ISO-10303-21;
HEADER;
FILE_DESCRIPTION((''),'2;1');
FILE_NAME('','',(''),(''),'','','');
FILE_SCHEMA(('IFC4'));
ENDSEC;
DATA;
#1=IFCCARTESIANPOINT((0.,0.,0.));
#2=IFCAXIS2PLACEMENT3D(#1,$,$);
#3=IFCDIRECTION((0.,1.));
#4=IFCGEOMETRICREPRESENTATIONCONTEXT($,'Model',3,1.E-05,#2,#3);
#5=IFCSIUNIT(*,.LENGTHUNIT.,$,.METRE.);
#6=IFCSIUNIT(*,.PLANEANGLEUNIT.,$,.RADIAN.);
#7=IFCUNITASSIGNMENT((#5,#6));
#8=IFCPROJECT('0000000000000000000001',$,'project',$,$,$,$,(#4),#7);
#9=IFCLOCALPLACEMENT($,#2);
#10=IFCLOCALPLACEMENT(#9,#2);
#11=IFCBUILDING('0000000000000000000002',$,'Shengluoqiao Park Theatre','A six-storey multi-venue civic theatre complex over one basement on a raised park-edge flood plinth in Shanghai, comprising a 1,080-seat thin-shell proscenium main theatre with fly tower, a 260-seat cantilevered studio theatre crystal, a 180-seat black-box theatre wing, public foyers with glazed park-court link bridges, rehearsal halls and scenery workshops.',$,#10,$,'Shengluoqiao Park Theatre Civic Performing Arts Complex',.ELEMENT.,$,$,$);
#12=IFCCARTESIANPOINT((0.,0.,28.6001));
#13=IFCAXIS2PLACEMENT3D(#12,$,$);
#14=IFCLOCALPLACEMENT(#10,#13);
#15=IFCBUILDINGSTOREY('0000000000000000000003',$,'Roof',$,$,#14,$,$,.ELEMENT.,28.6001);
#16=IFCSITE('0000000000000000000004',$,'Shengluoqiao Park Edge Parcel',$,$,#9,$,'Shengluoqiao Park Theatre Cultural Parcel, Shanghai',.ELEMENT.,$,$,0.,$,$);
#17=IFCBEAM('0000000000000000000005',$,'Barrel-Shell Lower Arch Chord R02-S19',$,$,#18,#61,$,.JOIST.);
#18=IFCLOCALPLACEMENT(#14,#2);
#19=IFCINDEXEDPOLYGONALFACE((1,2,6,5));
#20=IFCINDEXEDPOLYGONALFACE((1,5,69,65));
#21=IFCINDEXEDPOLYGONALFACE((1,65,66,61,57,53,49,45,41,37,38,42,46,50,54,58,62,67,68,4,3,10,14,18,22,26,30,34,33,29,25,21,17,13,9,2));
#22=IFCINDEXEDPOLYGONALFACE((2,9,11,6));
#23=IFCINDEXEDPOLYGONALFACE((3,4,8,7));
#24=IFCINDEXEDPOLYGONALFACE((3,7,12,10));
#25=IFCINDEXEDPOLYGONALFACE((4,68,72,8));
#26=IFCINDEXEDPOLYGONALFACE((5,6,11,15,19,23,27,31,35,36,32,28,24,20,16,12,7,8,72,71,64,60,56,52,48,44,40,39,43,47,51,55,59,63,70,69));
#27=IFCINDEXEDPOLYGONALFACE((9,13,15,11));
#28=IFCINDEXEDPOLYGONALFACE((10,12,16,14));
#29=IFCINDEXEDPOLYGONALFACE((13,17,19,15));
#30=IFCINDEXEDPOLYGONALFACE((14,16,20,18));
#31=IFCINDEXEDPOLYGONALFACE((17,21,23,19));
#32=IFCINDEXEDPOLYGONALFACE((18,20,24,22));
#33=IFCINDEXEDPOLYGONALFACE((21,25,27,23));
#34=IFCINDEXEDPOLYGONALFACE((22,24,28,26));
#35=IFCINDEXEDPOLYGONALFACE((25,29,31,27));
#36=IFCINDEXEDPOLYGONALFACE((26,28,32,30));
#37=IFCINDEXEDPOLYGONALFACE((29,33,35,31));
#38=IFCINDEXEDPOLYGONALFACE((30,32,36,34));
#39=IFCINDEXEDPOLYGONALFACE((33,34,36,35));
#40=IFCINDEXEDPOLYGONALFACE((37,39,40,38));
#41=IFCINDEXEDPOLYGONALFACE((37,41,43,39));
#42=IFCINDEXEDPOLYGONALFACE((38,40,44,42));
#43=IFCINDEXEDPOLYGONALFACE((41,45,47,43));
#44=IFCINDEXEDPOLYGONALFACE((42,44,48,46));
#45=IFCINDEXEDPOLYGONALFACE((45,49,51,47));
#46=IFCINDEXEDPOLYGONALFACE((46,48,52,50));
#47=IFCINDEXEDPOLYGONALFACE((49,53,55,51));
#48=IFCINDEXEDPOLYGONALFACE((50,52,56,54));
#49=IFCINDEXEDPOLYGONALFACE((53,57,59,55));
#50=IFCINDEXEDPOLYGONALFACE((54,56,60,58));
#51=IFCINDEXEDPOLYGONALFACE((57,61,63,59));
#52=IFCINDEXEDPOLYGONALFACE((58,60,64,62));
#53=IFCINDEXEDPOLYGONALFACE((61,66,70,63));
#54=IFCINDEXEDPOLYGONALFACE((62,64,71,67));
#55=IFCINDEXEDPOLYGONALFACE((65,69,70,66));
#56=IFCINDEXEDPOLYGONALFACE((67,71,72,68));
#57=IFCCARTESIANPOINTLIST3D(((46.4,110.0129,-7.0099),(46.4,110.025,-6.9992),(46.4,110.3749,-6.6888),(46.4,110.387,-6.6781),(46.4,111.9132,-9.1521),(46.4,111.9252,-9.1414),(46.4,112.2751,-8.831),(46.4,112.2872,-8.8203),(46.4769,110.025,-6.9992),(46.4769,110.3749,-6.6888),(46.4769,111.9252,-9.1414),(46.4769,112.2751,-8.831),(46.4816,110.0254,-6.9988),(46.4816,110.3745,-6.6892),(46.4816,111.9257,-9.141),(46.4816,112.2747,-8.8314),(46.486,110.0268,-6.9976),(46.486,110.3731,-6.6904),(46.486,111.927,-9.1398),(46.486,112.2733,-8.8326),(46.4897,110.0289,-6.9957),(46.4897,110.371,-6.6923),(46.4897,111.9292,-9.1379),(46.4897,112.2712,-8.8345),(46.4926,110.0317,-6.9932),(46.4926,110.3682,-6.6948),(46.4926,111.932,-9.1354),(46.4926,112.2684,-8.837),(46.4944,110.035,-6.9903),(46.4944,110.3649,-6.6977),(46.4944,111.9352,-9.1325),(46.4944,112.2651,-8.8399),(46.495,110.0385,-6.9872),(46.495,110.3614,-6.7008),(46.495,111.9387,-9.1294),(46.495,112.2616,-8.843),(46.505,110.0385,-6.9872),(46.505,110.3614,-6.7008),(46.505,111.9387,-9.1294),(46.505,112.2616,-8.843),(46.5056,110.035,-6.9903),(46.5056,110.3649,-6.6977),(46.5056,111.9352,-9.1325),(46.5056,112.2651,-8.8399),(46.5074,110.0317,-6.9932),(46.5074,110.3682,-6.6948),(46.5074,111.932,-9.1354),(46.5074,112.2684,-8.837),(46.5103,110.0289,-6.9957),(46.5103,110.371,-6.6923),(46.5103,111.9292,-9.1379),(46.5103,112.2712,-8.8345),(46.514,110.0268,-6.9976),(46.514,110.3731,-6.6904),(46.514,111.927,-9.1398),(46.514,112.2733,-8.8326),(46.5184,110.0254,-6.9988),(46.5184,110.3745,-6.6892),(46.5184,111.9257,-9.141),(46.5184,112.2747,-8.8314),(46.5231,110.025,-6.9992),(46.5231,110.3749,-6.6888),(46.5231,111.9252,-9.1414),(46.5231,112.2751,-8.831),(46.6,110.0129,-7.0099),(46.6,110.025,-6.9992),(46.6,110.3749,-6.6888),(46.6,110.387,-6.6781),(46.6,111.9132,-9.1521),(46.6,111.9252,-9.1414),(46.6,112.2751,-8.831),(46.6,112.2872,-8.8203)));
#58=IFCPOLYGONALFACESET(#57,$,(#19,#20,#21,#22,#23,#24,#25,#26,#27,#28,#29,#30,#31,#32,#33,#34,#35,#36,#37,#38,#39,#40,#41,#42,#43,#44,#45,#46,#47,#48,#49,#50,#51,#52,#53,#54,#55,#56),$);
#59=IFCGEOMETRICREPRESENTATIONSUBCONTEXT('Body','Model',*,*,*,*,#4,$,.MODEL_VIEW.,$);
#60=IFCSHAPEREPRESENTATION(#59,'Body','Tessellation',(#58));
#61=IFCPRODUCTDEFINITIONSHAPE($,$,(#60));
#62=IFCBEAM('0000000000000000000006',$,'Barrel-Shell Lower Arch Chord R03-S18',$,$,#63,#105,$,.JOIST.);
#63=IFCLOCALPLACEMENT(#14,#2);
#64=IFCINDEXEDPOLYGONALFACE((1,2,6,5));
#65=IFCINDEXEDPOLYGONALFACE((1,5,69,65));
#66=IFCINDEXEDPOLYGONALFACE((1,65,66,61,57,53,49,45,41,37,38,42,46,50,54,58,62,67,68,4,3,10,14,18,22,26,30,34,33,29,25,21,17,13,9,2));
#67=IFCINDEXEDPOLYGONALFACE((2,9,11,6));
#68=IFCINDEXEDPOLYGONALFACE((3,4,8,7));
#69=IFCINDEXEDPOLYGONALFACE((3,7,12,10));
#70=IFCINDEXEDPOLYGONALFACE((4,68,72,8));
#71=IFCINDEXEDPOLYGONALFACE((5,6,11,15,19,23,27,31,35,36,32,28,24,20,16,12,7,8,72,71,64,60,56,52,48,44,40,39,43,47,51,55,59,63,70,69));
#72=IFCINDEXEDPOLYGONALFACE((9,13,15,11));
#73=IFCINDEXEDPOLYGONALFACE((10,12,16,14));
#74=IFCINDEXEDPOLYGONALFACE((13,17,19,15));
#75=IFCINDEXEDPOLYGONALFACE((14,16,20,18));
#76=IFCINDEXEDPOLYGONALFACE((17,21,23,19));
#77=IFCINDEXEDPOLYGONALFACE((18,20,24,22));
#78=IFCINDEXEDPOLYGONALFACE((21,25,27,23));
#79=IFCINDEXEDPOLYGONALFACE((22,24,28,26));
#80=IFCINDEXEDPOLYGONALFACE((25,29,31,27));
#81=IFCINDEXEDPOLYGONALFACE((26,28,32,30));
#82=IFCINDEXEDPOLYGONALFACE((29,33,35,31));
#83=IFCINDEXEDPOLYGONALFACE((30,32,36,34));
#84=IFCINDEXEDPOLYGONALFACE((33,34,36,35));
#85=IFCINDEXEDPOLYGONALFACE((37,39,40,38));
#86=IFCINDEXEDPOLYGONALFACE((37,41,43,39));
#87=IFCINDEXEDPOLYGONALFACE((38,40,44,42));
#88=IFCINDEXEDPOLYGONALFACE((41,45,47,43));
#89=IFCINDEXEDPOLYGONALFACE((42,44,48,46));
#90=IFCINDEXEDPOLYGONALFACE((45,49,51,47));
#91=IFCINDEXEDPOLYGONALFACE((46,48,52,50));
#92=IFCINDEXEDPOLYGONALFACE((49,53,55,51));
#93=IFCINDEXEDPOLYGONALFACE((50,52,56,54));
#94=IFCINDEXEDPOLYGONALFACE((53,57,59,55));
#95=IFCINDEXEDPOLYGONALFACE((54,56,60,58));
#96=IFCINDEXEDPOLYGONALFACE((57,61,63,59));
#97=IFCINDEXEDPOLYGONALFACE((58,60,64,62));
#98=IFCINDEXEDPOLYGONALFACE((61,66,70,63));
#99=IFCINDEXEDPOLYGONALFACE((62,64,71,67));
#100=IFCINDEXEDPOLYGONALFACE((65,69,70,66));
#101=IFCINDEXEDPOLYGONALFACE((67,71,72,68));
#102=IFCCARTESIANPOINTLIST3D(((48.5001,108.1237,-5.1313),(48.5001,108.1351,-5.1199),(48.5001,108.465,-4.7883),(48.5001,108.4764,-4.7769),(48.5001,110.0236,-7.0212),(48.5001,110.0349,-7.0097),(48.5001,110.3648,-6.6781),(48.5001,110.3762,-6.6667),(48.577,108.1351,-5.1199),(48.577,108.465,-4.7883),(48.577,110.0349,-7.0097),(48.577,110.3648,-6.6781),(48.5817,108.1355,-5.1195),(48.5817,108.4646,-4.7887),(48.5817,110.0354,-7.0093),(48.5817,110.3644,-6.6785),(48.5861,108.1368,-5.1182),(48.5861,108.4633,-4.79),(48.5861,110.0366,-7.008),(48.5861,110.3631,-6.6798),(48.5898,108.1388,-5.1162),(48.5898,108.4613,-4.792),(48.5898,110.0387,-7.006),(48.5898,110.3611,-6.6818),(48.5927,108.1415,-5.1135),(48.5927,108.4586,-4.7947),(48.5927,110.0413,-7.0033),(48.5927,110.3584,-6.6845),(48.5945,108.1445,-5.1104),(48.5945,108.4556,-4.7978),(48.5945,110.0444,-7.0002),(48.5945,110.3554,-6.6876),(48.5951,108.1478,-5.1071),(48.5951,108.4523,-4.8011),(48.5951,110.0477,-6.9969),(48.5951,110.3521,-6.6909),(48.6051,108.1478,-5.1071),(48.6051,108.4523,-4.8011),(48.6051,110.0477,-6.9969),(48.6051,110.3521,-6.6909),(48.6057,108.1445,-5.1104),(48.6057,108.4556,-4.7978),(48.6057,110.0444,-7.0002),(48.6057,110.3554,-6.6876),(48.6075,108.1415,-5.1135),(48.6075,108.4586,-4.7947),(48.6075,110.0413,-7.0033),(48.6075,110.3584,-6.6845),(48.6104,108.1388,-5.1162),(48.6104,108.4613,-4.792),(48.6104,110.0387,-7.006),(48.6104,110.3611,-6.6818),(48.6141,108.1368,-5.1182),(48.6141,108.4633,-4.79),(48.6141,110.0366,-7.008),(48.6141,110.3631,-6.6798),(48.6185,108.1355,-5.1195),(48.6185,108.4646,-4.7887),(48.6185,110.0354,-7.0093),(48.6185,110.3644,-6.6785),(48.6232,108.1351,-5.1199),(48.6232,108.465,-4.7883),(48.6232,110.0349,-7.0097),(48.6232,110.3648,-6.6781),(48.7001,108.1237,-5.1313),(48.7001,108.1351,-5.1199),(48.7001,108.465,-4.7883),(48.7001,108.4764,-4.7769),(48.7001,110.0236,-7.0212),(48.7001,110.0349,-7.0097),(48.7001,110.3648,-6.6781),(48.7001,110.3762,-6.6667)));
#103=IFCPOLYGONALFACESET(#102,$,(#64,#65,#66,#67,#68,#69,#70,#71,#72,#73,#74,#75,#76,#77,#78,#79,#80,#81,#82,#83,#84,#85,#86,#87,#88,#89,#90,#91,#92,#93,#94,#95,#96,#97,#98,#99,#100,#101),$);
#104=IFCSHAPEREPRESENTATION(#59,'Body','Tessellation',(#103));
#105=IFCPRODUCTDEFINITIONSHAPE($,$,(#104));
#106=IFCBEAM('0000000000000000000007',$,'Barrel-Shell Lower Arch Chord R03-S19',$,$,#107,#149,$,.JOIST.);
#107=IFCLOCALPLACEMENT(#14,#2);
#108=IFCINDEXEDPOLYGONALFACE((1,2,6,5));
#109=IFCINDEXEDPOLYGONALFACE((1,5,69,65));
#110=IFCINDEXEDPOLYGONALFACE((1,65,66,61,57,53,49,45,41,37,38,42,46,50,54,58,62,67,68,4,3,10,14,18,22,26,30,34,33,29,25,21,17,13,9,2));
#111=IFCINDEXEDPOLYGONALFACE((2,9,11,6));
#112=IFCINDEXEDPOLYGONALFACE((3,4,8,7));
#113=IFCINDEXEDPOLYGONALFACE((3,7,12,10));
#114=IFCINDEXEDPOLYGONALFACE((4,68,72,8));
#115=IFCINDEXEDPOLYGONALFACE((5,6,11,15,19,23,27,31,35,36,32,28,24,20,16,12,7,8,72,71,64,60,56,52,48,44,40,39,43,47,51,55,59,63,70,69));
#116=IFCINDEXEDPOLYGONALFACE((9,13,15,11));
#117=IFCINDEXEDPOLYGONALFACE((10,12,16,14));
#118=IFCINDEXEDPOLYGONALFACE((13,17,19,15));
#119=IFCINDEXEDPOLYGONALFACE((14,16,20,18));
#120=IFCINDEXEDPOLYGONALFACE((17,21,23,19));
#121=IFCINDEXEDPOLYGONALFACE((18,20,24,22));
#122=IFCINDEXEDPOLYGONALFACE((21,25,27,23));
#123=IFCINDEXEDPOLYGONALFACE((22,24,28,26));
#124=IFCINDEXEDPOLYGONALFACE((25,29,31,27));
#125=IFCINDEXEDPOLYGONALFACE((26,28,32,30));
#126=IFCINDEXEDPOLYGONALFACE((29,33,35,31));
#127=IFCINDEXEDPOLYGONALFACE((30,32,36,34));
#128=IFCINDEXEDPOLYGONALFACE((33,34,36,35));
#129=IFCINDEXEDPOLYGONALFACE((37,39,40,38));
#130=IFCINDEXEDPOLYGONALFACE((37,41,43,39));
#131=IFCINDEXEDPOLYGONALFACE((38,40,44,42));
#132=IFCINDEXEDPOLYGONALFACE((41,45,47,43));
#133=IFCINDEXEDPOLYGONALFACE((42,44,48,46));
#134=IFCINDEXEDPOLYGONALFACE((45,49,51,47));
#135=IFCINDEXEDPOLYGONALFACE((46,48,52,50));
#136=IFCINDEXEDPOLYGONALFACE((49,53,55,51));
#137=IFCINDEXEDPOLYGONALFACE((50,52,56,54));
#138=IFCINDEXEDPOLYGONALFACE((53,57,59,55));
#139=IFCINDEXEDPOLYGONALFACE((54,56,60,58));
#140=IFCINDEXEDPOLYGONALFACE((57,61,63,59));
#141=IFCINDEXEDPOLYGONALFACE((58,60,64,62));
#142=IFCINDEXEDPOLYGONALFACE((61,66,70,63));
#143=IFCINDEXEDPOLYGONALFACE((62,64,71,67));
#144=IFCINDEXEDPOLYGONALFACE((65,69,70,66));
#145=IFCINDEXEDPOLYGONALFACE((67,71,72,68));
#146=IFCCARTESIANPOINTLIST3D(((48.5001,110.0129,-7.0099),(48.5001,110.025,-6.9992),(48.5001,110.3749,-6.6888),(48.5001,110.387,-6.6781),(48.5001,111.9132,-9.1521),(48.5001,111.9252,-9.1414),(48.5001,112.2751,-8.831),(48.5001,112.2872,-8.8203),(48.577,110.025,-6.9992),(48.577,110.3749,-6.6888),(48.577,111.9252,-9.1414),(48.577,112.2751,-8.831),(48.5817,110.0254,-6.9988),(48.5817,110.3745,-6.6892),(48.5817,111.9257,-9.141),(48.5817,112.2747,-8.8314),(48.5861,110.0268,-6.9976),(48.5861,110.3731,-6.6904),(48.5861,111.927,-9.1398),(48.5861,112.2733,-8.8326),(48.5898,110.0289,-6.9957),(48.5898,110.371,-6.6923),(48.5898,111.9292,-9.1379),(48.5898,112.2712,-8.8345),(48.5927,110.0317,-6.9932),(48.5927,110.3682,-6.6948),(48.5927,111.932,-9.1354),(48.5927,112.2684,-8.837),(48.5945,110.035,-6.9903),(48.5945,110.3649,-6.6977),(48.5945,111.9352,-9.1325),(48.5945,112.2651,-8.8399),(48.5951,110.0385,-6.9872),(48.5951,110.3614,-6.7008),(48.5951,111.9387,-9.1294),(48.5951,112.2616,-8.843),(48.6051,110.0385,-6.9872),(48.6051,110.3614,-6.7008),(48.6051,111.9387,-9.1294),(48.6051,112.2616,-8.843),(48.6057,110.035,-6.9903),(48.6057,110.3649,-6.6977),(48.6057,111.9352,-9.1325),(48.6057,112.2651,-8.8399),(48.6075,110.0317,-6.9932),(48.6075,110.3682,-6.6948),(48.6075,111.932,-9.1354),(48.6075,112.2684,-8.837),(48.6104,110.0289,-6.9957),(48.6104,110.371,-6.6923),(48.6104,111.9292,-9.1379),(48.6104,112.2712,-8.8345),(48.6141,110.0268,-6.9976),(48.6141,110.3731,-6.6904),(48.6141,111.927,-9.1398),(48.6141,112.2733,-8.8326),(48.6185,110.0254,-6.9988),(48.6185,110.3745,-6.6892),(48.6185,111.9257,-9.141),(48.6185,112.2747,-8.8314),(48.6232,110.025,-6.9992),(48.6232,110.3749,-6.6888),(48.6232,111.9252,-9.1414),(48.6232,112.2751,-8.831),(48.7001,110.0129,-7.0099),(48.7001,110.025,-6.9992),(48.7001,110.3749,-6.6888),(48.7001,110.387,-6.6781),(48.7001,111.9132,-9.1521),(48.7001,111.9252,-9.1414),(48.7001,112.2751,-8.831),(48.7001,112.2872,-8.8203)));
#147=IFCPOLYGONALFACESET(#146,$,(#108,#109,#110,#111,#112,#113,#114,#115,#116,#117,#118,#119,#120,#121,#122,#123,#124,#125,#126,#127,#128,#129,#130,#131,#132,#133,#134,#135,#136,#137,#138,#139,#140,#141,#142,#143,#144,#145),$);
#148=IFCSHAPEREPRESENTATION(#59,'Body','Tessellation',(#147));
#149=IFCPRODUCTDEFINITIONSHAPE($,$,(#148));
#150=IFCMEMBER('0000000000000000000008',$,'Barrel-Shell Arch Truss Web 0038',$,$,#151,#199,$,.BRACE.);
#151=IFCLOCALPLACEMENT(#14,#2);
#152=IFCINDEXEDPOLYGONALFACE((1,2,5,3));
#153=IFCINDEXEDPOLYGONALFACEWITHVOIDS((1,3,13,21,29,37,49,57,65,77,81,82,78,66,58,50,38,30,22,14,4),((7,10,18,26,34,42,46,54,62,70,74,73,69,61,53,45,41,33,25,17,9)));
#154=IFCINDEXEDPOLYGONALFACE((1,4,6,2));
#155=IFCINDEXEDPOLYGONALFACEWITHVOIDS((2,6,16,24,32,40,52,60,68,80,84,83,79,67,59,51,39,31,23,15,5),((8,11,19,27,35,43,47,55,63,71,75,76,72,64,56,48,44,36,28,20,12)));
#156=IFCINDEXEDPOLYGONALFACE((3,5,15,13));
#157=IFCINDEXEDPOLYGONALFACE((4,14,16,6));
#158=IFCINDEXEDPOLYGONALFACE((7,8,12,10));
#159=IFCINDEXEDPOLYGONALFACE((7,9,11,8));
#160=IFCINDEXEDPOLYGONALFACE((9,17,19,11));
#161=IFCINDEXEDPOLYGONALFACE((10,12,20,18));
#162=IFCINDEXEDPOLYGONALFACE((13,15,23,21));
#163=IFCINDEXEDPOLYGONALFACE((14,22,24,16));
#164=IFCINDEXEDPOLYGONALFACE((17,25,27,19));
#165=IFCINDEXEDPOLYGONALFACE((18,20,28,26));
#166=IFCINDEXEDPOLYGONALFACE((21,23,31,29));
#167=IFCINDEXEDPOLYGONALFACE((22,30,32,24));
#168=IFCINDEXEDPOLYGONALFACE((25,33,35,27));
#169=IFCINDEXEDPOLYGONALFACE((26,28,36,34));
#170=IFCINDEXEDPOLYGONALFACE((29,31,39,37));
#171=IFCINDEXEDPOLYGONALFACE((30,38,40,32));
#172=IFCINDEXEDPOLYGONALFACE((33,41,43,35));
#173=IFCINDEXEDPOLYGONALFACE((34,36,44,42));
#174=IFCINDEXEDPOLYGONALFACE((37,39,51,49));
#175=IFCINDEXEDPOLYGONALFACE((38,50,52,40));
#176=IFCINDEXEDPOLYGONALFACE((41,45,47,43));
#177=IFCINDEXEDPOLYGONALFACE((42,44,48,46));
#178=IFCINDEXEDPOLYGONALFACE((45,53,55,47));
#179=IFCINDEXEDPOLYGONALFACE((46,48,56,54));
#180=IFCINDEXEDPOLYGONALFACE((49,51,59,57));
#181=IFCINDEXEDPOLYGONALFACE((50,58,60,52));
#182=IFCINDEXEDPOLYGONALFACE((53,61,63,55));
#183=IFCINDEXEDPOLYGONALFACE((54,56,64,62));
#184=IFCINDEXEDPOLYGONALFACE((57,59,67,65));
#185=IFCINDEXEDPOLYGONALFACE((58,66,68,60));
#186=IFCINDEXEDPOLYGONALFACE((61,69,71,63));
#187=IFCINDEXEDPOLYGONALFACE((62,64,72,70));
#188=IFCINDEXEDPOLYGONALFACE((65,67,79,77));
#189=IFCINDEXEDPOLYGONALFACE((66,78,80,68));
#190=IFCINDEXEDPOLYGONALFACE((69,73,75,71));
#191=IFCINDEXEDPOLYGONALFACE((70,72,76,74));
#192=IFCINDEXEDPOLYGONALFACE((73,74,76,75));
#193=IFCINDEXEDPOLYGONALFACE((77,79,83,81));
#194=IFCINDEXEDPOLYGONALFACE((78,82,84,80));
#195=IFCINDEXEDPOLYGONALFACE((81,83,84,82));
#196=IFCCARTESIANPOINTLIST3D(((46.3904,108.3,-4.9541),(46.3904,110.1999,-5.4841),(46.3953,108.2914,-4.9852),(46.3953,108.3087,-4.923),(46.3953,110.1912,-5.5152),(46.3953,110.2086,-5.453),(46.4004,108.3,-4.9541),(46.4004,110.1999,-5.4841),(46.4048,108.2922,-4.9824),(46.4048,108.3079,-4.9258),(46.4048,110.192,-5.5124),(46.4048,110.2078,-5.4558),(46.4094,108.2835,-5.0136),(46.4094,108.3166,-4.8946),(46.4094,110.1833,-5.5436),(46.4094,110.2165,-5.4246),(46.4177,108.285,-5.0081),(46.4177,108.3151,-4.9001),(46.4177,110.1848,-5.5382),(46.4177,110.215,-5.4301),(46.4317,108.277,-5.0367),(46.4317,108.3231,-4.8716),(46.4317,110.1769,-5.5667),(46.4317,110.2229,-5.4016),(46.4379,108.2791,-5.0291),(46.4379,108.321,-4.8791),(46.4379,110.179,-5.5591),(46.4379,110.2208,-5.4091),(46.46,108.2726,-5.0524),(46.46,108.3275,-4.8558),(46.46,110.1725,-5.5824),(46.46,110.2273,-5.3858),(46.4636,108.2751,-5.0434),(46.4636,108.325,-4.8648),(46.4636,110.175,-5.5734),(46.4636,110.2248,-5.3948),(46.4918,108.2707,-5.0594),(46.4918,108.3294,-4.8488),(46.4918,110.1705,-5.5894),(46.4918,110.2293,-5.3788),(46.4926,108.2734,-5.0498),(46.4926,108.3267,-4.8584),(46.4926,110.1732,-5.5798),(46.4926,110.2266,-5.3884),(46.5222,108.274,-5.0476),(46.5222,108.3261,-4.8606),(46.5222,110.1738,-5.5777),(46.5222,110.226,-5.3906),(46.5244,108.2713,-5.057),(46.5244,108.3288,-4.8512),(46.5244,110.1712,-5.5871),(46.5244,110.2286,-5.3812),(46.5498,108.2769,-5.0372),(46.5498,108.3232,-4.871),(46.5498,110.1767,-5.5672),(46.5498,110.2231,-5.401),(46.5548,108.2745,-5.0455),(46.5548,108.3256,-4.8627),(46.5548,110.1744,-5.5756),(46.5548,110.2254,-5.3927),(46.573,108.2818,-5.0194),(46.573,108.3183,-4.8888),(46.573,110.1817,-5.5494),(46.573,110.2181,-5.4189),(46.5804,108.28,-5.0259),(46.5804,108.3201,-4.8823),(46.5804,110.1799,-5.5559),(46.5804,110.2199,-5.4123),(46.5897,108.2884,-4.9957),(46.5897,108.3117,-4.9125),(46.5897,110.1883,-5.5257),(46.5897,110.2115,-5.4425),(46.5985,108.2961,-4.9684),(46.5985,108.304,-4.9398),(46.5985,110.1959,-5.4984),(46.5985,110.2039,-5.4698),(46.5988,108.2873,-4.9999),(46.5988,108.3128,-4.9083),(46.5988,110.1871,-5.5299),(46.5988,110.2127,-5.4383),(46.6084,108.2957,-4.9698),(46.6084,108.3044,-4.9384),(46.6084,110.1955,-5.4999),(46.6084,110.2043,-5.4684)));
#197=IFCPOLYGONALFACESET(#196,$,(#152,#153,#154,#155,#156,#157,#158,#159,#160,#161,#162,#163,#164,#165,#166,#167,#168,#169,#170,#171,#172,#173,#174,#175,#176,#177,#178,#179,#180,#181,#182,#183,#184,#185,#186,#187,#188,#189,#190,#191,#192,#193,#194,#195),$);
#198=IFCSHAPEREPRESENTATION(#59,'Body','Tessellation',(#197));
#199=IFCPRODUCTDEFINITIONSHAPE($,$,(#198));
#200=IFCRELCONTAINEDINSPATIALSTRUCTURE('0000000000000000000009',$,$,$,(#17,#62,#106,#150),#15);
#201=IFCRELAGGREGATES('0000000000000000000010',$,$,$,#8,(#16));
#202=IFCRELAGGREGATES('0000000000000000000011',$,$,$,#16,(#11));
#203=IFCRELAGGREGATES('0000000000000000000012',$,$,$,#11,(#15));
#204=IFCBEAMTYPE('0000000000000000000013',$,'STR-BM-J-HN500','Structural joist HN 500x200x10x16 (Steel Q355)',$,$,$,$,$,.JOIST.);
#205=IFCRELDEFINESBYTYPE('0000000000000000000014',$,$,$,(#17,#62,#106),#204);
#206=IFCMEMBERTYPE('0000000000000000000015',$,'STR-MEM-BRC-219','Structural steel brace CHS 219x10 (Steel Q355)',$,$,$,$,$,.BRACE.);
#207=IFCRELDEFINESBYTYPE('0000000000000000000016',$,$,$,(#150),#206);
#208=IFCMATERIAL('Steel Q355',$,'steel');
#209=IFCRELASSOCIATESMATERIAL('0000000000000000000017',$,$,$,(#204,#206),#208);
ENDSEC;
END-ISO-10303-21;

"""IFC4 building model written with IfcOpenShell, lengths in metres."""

from ifc_helpers import new_model, si_unit, direction, frame, origin, origin_2d, place, context, subcontext, project, spatial, hollow_circle, i_section, extrude, material, material_profile, profile_set, type_object, element, save


model = new_model("IFC4")

# Units and contexts
model_context = context("Model", 3, precision=1e-05, world=origin(), true_north=direction((0.0, 1.0)))
body_context = subcontext(model_context, "Body", "Model", "MODEL_VIEW")
ifc_project = project(units=[si_unit("LENGTHUNIT", "METRE"), si_unit("PLANEANGLEUNIT", "RADIAN")], contexts=[model_context])

# Site, building, storey
site_placement = place(None, origin())
site = spatial("IfcSite", under=ifc_project, at=site_placement, Name="Shengluoqiao Park Edge Parcel", LongName="Shengluoqiao Park Theatre Cultural Parcel, Shanghai", CompositionType="ELEMENT", RefElevation=0.0)
building_placement = place(site_placement, origin())
building = spatial("IfcBuilding", under=site, at=building_placement, Name="Shengluoqiao Park Theatre", Description="A six-storey multi-venue civic theatre complex over one basement on a raised park-edge flood plinth in Shanghai, comprising a 1,080-seat thin-shell proscenium main theatre with fly tower, a 260-seat cantilevered studio theatre crystal, a 180-seat black-box theatre wing, public foyers with glazed park-court link bridges, rehearsal halls and scenery workshops.", LongName="Shengluoqiao Park Theatre Civic Performing Arts Complex", CompositionType="ELEMENT")
storey_placement = place(building_placement, frame((0.0, 0.0, 28.6001)))
storey = spatial("IfcBuildingStorey", under=building, at=storey_placement, Name="Roof", CompositionType="ELEMENT", Elevation=28.6001)

# Beams
ifc_material_1 = material(Name="Steel Q355", Category="steel")
ifc_material_profile_1 = material_profile(ifc_material_1, i_section(OverallWidth=0.2, OverallDepth=0.5, WebThickness=0.01, FlangeThickness=0.0161, FilletRadius=0.0181, at=origin_2d()), Name="HN 500x200x10x16")
ifc_profile_set_1 = profile_set([ifc_material_profile_1], Name="Steel Q355")
beam_type_1 = type_object("IfcBeamType", Name="STR-BM-J-HN500", Description="Structural joist HN 500x200x10x16 (Steel Q355)", PredefinedType="JOIST", material=ifc_profile_set_1)
beam_1_placement = place(storey_placement, frame((46.5, 110.2, -6.844), z_axis=(0.0, 0.663596, -0.748091), x_axis=(-1.0, 0.0, 0.0)))
element("IfcBeam", 1, at=beam_1_placement, inside=storey, type_object=beam_type_1, Name="Barrel-Shell Lower Arch Chord R02-S19", PredefinedType="JOIST", context=body_context, shape_type="SweptSolid", body=[
    extrude(i_section(OverallWidth=0.2, OverallDepth=0.5, WebThickness=0.01, FlangeThickness=0.0161, FilletRadius=0.0181, at=origin_2d()), origin(), (0.0, 0.0, 1.0), 2.8635),
])
beam_2_placement = place(storey_placement, frame((48.6001, 108.3, -4.9541), z_axis=(0.0, 0.708972, -0.705237), x_axis=(-1.0, 0.0, 0.0)))
element("IfcBeam", 2, at=beam_2_placement, inside=storey, type_object=beam_type_1, Name="Barrel-Shell Lower Arch Chord R03-S18", PredefinedType="JOIST", context=body_context, shape_type="SweptSolid", body=[
    extrude(i_section(OverallWidth=0.2, OverallDepth=0.5, WebThickness=0.01, FlangeThickness=0.0161, FilletRadius=0.0181, at=origin_2d()), origin(), (0.0, 0.0, 1.0), 2.6797),
])
beam_3_placement = place(storey_placement, frame((48.6001, 110.2, -6.844), z_axis=(0.0, 0.663596, -0.748091), x_axis=(-1.0, 0.0, 0.0)))
element("IfcBeam", 3, at=beam_3_placement, inside=storey, type_object=beam_type_1, Name="Barrel-Shell Lower Arch Chord R03-S19", PredefinedType="JOIST", context=body_context, shape_type="SweptSolid", body=[
    extrude(i_section(OverallWidth=0.2, OverallDepth=0.5, WebThickness=0.01, FlangeThickness=0.0161, FilletRadius=0.0181, at=origin_2d()), origin(), (0.0, 0.0, 1.0), 2.8635),
])

# Member
ifc_material_profile_2 = material_profile(ifc_material_1, hollow_circle(Radius=0.1096, WallThickness=0.01, at=origin_2d()), Name="CHS 219x10")
ifc_profile_set_2 = profile_set([ifc_material_profile_2], Name="Steel Q355")
member_type_1 = type_object("IfcMemberType", Name="STR-MEM-BRC-219", Description="Structural steel brace CHS 219x10 (Steel Q355)", PredefinedType="BRACE", material=ifc_profile_set_2)
member_1_placement = place(storey_placement, frame((46.5, 108.3, -4.9541), z_axis=(0.0, 0.963219, -0.268716), x_axis=(-1.0, 0.0, 0.0)))
element("IfcMember", 4, at=member_1_placement, inside=storey, type_object=member_type_1, Name="Barrel-Shell Arch Truss Web 0038", PredefinedType="BRACE", context=body_context, shape_type="SweptSolid", body=[
    extrude(hollow_circle(Radius=0.1096, WallThickness=0.01, at=origin_2d()), origin(), (0.0, 0.0, 1.0), 1.9724),
])

save(model, "model.ifc")
